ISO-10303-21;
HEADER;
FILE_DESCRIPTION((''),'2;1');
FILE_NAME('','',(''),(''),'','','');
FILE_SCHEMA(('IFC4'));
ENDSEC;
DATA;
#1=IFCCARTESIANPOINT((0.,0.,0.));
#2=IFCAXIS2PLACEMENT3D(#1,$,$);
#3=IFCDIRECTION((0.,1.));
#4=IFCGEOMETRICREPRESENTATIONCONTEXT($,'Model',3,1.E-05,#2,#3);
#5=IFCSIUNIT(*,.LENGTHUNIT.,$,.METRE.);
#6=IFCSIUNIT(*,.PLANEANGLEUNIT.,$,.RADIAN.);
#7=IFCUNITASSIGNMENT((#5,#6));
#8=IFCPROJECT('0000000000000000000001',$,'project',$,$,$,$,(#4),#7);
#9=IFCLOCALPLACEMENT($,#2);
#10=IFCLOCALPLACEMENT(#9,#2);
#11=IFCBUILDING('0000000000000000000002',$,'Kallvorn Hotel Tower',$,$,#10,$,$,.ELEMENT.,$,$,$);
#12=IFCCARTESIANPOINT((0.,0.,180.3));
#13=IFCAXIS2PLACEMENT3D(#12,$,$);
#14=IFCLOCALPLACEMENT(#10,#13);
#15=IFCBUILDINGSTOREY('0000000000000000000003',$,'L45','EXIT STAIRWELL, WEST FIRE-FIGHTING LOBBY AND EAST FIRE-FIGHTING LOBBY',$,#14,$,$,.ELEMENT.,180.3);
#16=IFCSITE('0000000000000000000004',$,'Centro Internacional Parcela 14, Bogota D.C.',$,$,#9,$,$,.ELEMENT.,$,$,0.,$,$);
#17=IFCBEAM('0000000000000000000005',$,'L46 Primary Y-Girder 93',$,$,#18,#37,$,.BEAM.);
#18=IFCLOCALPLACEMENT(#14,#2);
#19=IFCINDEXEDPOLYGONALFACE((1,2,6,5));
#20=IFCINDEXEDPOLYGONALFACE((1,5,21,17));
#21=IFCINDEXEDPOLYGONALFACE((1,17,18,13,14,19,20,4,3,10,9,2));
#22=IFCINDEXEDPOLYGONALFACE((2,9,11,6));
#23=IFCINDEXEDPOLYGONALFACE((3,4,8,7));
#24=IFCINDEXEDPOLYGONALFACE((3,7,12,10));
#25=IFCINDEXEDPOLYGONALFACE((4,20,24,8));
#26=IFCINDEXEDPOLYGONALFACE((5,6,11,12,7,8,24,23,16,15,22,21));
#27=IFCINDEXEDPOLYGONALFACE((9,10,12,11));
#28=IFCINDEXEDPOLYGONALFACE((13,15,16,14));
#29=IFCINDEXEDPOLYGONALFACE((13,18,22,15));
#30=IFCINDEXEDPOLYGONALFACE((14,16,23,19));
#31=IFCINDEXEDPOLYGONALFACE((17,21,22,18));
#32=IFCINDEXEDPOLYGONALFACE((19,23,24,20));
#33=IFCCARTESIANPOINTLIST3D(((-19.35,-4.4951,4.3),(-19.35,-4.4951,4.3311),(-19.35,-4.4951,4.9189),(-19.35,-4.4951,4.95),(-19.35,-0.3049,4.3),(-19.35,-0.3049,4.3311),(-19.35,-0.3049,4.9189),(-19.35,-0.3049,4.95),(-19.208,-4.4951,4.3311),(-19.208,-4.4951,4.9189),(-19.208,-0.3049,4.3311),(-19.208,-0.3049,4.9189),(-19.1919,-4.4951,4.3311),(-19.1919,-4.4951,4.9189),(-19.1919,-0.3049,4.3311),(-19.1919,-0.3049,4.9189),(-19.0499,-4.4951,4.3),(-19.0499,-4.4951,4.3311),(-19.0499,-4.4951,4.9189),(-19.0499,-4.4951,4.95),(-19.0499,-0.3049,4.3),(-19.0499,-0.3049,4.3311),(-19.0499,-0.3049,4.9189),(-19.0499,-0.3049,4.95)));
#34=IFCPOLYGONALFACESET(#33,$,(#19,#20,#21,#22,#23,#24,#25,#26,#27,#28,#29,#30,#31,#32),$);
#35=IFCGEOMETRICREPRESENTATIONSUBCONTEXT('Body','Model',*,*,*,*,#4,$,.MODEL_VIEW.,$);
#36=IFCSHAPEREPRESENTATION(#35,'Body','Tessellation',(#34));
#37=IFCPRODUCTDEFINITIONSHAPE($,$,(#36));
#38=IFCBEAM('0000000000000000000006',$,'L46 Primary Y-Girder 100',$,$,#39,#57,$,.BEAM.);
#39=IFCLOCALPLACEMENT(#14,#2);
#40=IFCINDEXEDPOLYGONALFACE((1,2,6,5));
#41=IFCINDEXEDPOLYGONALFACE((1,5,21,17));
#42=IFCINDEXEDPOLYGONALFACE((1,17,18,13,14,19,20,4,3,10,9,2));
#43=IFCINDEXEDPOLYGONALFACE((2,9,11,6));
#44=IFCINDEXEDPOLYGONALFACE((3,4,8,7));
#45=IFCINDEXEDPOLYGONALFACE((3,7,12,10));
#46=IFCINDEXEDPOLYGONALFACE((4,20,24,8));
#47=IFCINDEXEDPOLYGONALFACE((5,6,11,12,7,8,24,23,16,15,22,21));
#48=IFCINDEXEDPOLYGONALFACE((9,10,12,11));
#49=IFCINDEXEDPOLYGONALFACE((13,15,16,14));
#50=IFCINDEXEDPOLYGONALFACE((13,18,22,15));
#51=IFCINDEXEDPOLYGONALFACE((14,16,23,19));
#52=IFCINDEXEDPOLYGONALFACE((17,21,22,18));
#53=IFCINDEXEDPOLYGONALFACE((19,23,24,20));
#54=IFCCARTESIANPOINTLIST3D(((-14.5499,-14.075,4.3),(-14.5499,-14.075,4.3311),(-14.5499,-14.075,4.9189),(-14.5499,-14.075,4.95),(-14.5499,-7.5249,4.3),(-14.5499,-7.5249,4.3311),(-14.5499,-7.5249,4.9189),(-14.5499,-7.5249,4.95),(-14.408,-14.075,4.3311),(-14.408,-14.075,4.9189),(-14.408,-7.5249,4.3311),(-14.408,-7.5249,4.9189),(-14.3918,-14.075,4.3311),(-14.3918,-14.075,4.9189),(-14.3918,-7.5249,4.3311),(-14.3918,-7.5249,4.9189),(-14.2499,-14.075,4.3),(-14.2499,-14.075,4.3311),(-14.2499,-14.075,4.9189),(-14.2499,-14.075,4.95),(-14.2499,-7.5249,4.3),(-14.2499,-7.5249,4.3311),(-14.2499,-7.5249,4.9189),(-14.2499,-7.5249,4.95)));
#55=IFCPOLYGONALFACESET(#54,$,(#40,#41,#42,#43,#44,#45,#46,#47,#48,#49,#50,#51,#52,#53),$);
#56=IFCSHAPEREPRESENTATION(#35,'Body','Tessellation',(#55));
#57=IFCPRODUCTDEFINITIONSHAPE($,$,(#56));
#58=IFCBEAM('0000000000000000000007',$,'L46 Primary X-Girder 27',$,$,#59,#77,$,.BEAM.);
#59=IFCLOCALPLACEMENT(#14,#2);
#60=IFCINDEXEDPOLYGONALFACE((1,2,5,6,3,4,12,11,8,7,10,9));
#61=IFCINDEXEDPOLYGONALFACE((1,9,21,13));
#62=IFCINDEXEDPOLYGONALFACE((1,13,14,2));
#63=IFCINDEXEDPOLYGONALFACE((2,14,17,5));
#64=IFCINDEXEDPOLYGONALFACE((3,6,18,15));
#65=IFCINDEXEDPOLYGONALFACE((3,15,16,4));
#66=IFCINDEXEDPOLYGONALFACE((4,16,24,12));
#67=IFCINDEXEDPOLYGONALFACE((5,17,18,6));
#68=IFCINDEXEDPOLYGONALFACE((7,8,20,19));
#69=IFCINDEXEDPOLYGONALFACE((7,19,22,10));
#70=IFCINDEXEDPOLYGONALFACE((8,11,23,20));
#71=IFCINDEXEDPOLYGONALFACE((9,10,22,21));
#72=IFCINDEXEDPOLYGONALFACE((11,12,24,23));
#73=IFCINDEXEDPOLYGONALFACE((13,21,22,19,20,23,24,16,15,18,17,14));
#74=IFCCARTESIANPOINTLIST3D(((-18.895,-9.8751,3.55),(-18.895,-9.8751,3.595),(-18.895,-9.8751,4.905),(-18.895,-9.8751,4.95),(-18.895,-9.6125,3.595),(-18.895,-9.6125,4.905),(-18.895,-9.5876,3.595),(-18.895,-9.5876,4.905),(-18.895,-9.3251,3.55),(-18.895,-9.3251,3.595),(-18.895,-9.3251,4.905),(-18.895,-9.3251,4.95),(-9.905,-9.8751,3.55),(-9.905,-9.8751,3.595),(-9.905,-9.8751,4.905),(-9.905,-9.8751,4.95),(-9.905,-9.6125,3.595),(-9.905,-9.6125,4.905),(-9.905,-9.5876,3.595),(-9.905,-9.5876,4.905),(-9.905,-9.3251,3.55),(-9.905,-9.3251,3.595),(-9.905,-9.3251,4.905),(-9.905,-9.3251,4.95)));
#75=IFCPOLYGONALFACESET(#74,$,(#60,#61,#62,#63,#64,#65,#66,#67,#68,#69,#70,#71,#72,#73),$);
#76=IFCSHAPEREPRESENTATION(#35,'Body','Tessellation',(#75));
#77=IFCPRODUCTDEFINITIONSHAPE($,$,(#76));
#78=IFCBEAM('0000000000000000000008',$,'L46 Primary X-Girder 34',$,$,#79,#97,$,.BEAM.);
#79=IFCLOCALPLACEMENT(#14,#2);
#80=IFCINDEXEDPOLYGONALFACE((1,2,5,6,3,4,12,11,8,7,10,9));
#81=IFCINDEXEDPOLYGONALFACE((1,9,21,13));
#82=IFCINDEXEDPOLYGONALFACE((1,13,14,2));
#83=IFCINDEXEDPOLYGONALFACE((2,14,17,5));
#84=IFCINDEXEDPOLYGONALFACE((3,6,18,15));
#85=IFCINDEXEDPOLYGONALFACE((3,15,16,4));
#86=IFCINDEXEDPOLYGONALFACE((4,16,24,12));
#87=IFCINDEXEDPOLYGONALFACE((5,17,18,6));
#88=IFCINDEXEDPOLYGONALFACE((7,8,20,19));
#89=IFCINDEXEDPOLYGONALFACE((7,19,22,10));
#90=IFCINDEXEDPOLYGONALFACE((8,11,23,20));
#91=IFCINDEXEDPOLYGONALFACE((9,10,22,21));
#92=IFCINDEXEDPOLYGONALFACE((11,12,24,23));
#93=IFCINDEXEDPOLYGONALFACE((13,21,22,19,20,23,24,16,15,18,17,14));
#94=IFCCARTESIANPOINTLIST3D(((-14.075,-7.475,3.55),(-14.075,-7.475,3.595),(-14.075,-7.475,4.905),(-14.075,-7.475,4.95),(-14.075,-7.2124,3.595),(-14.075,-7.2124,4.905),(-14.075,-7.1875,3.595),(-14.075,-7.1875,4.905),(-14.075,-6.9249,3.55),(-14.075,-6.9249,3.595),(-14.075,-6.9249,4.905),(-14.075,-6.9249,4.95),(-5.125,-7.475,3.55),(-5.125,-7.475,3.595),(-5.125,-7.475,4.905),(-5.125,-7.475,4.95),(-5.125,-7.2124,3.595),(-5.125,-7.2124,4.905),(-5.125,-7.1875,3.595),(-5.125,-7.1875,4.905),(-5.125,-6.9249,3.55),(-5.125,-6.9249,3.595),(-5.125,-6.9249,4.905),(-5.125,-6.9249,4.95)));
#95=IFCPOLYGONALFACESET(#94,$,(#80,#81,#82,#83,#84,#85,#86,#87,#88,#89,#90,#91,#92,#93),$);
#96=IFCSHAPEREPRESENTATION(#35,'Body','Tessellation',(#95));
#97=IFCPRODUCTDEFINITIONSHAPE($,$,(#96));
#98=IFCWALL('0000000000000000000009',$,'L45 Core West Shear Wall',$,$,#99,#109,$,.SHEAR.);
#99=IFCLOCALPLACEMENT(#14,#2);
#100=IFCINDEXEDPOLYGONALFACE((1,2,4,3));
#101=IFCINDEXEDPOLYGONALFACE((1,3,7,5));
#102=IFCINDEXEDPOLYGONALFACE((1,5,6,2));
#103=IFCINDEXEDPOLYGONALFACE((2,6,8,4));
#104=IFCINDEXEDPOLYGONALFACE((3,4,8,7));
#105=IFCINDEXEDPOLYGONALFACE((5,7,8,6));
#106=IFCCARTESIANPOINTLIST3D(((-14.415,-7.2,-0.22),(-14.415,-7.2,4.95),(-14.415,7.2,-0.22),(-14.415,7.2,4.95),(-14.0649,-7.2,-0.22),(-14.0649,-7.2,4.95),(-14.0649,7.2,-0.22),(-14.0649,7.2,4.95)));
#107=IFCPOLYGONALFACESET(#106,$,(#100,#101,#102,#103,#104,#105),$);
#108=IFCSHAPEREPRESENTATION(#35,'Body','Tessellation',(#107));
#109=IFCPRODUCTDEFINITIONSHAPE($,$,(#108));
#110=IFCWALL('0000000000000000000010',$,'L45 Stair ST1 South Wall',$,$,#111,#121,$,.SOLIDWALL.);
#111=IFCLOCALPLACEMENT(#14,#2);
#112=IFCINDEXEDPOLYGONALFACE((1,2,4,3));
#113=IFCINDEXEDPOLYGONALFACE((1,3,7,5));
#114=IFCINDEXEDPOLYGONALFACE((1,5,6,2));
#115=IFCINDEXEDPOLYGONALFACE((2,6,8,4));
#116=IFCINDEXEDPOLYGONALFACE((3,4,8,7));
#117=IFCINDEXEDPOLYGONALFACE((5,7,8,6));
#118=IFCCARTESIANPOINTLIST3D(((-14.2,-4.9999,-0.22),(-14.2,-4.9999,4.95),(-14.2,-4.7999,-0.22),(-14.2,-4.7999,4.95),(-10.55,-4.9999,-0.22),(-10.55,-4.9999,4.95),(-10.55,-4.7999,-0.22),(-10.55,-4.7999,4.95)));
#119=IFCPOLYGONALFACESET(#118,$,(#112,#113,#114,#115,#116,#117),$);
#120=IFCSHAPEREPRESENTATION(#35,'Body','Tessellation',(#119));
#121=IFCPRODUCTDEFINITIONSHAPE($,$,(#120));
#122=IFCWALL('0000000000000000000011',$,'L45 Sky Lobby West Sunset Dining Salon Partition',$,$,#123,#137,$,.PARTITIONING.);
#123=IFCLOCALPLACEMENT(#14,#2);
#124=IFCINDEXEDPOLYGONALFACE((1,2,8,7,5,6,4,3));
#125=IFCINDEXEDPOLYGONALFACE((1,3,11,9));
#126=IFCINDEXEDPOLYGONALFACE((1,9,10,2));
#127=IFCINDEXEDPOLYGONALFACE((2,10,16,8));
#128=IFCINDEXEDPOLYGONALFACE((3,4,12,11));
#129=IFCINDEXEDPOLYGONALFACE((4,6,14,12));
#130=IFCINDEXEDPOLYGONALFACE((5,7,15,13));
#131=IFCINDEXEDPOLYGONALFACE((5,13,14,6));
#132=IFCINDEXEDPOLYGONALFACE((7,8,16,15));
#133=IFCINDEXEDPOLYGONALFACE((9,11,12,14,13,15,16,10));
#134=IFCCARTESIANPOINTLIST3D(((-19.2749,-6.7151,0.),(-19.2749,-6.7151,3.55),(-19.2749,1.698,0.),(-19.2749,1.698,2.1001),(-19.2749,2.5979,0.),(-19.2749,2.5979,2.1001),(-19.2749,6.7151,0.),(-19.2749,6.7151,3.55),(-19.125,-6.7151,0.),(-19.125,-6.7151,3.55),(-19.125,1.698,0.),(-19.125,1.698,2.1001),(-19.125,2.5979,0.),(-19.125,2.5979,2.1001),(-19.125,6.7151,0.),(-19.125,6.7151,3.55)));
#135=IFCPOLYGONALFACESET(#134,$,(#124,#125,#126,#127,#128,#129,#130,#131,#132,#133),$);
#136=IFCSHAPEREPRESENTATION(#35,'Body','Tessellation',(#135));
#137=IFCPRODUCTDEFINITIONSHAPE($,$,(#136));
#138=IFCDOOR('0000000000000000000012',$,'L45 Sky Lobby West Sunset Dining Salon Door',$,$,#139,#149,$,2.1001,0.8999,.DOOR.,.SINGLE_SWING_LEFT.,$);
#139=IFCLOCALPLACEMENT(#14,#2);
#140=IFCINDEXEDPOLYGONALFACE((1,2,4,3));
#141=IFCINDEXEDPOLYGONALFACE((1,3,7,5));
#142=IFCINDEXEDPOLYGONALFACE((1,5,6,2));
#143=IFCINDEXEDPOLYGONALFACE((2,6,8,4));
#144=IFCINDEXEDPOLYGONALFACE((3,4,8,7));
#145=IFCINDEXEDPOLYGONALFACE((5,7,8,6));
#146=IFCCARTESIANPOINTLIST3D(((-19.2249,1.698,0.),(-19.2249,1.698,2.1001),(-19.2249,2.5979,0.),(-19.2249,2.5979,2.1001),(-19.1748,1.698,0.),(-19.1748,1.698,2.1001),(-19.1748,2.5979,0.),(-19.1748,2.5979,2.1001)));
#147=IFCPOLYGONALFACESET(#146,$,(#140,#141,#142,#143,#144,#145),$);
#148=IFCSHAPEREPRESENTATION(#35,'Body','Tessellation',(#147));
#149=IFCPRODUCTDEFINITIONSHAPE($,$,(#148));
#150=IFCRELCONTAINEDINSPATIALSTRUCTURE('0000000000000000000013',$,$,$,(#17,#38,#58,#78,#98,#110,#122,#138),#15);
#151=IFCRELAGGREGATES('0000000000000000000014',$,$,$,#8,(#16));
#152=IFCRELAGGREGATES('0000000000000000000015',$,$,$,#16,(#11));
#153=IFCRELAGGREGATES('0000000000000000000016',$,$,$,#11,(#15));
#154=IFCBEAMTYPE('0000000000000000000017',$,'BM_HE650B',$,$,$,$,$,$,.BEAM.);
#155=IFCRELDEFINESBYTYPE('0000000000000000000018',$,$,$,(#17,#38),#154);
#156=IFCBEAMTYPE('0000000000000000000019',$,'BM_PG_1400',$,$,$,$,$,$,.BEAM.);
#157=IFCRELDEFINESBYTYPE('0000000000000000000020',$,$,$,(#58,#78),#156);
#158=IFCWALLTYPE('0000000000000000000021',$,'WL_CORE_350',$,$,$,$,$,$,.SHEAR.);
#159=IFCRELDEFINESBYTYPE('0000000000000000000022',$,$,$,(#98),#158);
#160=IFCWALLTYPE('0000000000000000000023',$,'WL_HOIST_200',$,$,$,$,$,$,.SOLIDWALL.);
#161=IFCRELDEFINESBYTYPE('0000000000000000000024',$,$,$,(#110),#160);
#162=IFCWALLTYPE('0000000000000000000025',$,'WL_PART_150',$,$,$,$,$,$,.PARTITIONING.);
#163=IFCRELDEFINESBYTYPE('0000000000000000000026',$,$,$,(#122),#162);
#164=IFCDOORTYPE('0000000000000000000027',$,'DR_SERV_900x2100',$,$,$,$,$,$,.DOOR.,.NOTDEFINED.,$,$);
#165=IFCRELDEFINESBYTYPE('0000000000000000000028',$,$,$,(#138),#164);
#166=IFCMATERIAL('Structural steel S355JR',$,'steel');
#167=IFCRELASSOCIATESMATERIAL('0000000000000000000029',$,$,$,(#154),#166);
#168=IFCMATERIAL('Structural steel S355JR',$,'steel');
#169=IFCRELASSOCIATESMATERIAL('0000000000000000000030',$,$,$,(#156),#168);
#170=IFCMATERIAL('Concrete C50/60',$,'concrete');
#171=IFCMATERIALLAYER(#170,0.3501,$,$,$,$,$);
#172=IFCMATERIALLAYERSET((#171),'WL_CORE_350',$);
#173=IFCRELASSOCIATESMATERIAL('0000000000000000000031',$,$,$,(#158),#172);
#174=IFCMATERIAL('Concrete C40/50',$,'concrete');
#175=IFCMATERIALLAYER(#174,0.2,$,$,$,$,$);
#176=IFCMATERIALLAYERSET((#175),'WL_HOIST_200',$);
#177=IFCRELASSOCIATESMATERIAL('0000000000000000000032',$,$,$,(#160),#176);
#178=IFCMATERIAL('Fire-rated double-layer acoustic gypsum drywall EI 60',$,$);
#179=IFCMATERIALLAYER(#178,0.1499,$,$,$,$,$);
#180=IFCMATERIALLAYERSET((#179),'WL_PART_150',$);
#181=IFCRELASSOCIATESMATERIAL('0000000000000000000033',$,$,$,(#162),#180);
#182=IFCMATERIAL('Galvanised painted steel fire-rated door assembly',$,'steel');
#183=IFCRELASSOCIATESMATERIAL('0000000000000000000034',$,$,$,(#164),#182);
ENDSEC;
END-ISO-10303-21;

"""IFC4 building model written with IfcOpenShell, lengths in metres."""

from ifc_helpers import new_model, si_unit, direction, frame, frame_2d, origin, origin_2d, place, context, subcontext, project, spatial, rectangle, i_section, extrude, material, layer, layer_set, material_profile, profile_set, type_object, element, fill, save


model = new_model("IFC4")

# Units and contexts
model_context = context("Model", 3, precision=1e-05, world=origin(), true_north=direction((0.0, 1.0)))
body_context = subcontext(model_context, "Body", "Model", "MODEL_VIEW")
ifc_project = project(units=[si_unit("LENGTHUNIT", "METRE"), si_unit("PLANEANGLEUNIT", "RADIAN")], contexts=[model_context])

# Site, building, storey
site_placement = place(None, origin())
site = spatial("IfcSite", under=ifc_project, at=site_placement, Name="Centro Internacional Parcela 14, Bogota D.C.", CompositionType="ELEMENT", RefElevation=0.0)
building_placement = place(site_placement, origin())
building = spatial("IfcBuilding", under=site, at=building_placement, Name="Kallvorn Hotel Tower", CompositionType="ELEMENT")
storey_placement = place(building_placement, frame((0.0, 0.0, 180.3)))
storey = spatial("IfcBuildingStorey", under=building, at=storey_placement, Name="L45", Description="EXIT STAIRWELL, WEST FIRE-FIGHTING LOBBY AND EAST FIRE-FIGHTING LOBBY", CompositionType="ELEMENT", Elevation=180.3)

# Beams
ifc_material_1 = material(Name="Structural steel S355JR", Category="steel")
ifc_material_profile_1 = material_profile(ifc_material_1, i_section(OverallWidth=0.3, OverallDepth=0.6499, WebThickness=0.0161, FlangeThickness=0.031, at=origin_2d()), Name="HE 650 B")
ifc_profile_set_1 = profile_set([ifc_material_profile_1], Name="Structural steel S355JR")
beam_type_1 = type_object("IfcBeamType", Name="BM_HE650B", PredefinedType="BEAM", material=ifc_profile_set_1)
beam_1_placement = place(storey_placement, frame((-19.2, -4.4951, 4.625), z_axis=(0.0, 1.0, 0.0), x_axis=(-1.0, 0.0, 0.0)))
element("IfcBeam", 1, at=beam_1_placement, inside=storey, type_object=beam_type_1, Name="L46 Primary Y-Girder 93", PredefinedType="BEAM", context=body_context, shape_type="SweptSolid", body=[
    extrude(i_section(OverallWidth=0.3, OverallDepth=0.6499, WebThickness=0.0161, FlangeThickness=0.031, at=origin_2d()), origin(), (0.0, 0.0, 1.0), 4.1902),
])
beam_2_placement = place(storey_placement, frame((-14.3999, -14.075, 4.625), z_axis=(0.0, 1.0, 0.0), x_axis=(-1.0, 0.0, 0.0)))
element("IfcBeam", 2, at=beam_2_placement, inside=storey, type_object=beam_type_1, Name="L46 Primary Y-Girder 100", PredefinedType="BEAM", context=body_context, shape_type="SweptSolid", body=[
    extrude(i_section(OverallWidth=0.3, OverallDepth=0.6499, WebThickness=0.0161, FlangeThickness=0.031, at=origin_2d()), origin(), (0.0, 0.0, 1.0), 6.55),
])
ifc_material_2 = material(Name="Structural steel S355JR", Category="steel")
ifc_material_profile_2 = material_profile(ifc_material_2, i_section(OverallWidth=0.55, OverallDepth=1.3999, WebThickness=0.0249, FlangeThickness=0.0449, at=origin_2d()), Name="PG 1400x550x25x45")
ifc_profile_set_2 = profile_set([ifc_material_profile_2], Name="Structural steel S355JR")
beam_type_2 = type_object("IfcBeamType", Name="BM_PG_1400", PredefinedType="BEAM", material=ifc_profile_set_2)
beam_3_placement = place(storey_placement, frame((-18.895, -9.6001, 4.25), z_axis=(1.0, 0.0, 0.0), x_axis=(0.0, 1.0, 0.0)))
element("IfcBeam", 3, at=beam_3_placement, inside=storey, type_object=beam_type_2, Name="L46 Primary X-Girder 27", PredefinedType="BEAM", context=body_context, shape_type="SweptSolid", body=[
    extrude(i_section(OverallWidth=0.55, OverallDepth=1.3999, WebThickness=0.0249, FlangeThickness=0.0449, at=origin_2d()), origin(), (0.0, 0.0, 1.0), 8.99),
])
beam_4_placement = place(storey_placement, frame((-14.075, -7.2, 4.25), z_axis=(1.0, 0.0, 0.0), x_axis=(0.0, 1.0, 0.0)))
element("IfcBeam", 4, at=beam_4_placement, inside=storey, type_object=beam_type_2, Name="L46 Primary X-Girder 34", PredefinedType="BEAM", context=body_context, shape_type="SweptSolid", body=[
    extrude(i_section(OverallWidth=0.55, OverallDepth=1.3999, WebThickness=0.0249, FlangeThickness=0.0449, at=origin_2d()), origin(), (0.0, 0.0, 1.0), 8.95),
])

# Walls
ifc_material_3 = material(Name="Concrete C50/60", Category="concrete")
ifc_layer_1 = layer(ifc_material_3, 0.3501)
ifc_layer_set_1 = layer_set([ifc_layer_1], Name="WL_CORE_350")
wall_type_1 = type_object("IfcWallType", Name="WL_CORE_350", PredefinedType="SHEAR", material=ifc_layer_set_1)
wall_1_placement = place(storey_placement, frame((-14.24, -7.2, -0.22), z_axis=(0.0, 0.0, 1.0), x_axis=(0.0, 1.0, 0.0)))
element("IfcWall", 5, at=wall_1_placement, inside=storey, type_object=wall_type_1, Name="L45 Core West Shear Wall", PredefinedType="SHEAR", context=body_context, shape_type="SweptSolid", body=[
    extrude(rectangle(XDim=14.3999, YDim=0.3501, at=frame_2d((7.2, 0.0))), origin(), (0.0, 0.0, 1.0), 5.1699),
])
ifc_material_4 = material(Name="Concrete C40/50", Category="concrete")
ifc_layer_2 = layer(ifc_material_4, 0.2)
ifc_layer_set_2 = layer_set([ifc_layer_2], Name="WL_HOIST_200")
wall_type_2 = type_object("IfcWallType", Name="WL_HOIST_200", PredefinedType="SOLIDWALL", material=ifc_layer_set_2)
wall_2_placement = place(storey_placement, frame((-14.2, -4.8999, -0.22), z_axis=(0.0, 0.0, 1.0), x_axis=(1.0, 0.0, 0.0)))
element("IfcWall", 6, at=wall_2_placement, inside=storey, type_object=wall_type_2, Name="L45 Stair ST1 South Wall", PredefinedType="SOLIDWALL", context=body_context, shape_type="SweptSolid", body=[
    extrude(rectangle(XDim=3.6499, YDim=0.2, at=frame_2d((1.825, 0.0))), origin(), (0.0, 0.0, 1.0), 5.1699),
])

# Wall, opening, door
ifc_material_5 = material(Name="Fire-rated double-layer acoustic gypsum drywall EI 60")
ifc_layer_3 = layer(ifc_material_5, 0.1499)
ifc_layer_set_3 = layer_set([ifc_layer_3], Name="WL_PART_150")
wall_type_3 = type_object("IfcWallType", Name="WL_PART_150", PredefinedType="PARTITIONING", material=ifc_layer_set_3)
wall_3_placement = place(storey_placement, frame((-19.2, -6.7151, 0.0), z_axis=(0.0, 0.0, 1.0), x_axis=(0.0, 1.0, 0.0)))
wall_3 = element("IfcWall", 7, at=wall_3_placement, inside=storey, type_object=wall_type_3, Name="L45 Sky Lobby West Sunset Dining Salon Partition", PredefinedType="PARTITIONING", context=body_context, shape_type="SweptSolid", body=[
    extrude(rectangle(XDim=13.4302, YDim=0.1499, at=frame_2d((6.7151, 0.0))), origin(), (0.0, 0.0, 1.0), 3.55),
])
opening_1_placement = place(wall_3_placement, frame((8.4131, 0.0, 0.0)))
opening_1 = element("IfcOpeningElement", 8, at=opening_1_placement, cuts=wall_3, PredefinedType="OPENING", context=body_context, shape_type="SweptSolid", body=[
    extrude(rectangle(XDim=0.8999, YDim=2.1001, at=frame_2d((0.45, 1.05))), frame((0.0, 0.0898, 0.0), z_axis=(0.0, -1.0, 0.0), x_axis=(1.0, 0.0, 0.0)), (0.0, 0.0, 1.0), 0.1799),
])
ifc_material_6 = material(Name="Galvanised painted steel fire-rated door assembly", Category="steel")
door_type_1 = type_object("IfcDoorType", Name="DR_SERV_900x2100", OperationType="NOTDEFINED", PredefinedType="DOOR", material=ifc_material_6)
door_1_placement = place(opening_1_placement, origin())
door_1 = element("IfcDoor", 9, at=door_1_placement, inside=storey, type_object=door_type_1, Name="L45 Sky Lobby West Sunset Dining Salon Door", OperationType="SINGLE_SWING_LEFT", OverallHeight=2.1001, OverallWidth=0.8999, PredefinedType="DOOR", context=body_context, shape_type="SweptSolid", body=[
    extrude(rectangle(XDim=0.8999, YDim=2.1001, at=frame_2d((0.45, 1.05))), frame((0.0, 0.0249, 0.0), z_axis=(0.0, -1.0, 0.0), x_axis=(1.0, 0.0, 0.0)), (0.0, 0.0, 1.0), 0.05),
])
fill(opening_1, door_1)

save(model, "model.ifc")
